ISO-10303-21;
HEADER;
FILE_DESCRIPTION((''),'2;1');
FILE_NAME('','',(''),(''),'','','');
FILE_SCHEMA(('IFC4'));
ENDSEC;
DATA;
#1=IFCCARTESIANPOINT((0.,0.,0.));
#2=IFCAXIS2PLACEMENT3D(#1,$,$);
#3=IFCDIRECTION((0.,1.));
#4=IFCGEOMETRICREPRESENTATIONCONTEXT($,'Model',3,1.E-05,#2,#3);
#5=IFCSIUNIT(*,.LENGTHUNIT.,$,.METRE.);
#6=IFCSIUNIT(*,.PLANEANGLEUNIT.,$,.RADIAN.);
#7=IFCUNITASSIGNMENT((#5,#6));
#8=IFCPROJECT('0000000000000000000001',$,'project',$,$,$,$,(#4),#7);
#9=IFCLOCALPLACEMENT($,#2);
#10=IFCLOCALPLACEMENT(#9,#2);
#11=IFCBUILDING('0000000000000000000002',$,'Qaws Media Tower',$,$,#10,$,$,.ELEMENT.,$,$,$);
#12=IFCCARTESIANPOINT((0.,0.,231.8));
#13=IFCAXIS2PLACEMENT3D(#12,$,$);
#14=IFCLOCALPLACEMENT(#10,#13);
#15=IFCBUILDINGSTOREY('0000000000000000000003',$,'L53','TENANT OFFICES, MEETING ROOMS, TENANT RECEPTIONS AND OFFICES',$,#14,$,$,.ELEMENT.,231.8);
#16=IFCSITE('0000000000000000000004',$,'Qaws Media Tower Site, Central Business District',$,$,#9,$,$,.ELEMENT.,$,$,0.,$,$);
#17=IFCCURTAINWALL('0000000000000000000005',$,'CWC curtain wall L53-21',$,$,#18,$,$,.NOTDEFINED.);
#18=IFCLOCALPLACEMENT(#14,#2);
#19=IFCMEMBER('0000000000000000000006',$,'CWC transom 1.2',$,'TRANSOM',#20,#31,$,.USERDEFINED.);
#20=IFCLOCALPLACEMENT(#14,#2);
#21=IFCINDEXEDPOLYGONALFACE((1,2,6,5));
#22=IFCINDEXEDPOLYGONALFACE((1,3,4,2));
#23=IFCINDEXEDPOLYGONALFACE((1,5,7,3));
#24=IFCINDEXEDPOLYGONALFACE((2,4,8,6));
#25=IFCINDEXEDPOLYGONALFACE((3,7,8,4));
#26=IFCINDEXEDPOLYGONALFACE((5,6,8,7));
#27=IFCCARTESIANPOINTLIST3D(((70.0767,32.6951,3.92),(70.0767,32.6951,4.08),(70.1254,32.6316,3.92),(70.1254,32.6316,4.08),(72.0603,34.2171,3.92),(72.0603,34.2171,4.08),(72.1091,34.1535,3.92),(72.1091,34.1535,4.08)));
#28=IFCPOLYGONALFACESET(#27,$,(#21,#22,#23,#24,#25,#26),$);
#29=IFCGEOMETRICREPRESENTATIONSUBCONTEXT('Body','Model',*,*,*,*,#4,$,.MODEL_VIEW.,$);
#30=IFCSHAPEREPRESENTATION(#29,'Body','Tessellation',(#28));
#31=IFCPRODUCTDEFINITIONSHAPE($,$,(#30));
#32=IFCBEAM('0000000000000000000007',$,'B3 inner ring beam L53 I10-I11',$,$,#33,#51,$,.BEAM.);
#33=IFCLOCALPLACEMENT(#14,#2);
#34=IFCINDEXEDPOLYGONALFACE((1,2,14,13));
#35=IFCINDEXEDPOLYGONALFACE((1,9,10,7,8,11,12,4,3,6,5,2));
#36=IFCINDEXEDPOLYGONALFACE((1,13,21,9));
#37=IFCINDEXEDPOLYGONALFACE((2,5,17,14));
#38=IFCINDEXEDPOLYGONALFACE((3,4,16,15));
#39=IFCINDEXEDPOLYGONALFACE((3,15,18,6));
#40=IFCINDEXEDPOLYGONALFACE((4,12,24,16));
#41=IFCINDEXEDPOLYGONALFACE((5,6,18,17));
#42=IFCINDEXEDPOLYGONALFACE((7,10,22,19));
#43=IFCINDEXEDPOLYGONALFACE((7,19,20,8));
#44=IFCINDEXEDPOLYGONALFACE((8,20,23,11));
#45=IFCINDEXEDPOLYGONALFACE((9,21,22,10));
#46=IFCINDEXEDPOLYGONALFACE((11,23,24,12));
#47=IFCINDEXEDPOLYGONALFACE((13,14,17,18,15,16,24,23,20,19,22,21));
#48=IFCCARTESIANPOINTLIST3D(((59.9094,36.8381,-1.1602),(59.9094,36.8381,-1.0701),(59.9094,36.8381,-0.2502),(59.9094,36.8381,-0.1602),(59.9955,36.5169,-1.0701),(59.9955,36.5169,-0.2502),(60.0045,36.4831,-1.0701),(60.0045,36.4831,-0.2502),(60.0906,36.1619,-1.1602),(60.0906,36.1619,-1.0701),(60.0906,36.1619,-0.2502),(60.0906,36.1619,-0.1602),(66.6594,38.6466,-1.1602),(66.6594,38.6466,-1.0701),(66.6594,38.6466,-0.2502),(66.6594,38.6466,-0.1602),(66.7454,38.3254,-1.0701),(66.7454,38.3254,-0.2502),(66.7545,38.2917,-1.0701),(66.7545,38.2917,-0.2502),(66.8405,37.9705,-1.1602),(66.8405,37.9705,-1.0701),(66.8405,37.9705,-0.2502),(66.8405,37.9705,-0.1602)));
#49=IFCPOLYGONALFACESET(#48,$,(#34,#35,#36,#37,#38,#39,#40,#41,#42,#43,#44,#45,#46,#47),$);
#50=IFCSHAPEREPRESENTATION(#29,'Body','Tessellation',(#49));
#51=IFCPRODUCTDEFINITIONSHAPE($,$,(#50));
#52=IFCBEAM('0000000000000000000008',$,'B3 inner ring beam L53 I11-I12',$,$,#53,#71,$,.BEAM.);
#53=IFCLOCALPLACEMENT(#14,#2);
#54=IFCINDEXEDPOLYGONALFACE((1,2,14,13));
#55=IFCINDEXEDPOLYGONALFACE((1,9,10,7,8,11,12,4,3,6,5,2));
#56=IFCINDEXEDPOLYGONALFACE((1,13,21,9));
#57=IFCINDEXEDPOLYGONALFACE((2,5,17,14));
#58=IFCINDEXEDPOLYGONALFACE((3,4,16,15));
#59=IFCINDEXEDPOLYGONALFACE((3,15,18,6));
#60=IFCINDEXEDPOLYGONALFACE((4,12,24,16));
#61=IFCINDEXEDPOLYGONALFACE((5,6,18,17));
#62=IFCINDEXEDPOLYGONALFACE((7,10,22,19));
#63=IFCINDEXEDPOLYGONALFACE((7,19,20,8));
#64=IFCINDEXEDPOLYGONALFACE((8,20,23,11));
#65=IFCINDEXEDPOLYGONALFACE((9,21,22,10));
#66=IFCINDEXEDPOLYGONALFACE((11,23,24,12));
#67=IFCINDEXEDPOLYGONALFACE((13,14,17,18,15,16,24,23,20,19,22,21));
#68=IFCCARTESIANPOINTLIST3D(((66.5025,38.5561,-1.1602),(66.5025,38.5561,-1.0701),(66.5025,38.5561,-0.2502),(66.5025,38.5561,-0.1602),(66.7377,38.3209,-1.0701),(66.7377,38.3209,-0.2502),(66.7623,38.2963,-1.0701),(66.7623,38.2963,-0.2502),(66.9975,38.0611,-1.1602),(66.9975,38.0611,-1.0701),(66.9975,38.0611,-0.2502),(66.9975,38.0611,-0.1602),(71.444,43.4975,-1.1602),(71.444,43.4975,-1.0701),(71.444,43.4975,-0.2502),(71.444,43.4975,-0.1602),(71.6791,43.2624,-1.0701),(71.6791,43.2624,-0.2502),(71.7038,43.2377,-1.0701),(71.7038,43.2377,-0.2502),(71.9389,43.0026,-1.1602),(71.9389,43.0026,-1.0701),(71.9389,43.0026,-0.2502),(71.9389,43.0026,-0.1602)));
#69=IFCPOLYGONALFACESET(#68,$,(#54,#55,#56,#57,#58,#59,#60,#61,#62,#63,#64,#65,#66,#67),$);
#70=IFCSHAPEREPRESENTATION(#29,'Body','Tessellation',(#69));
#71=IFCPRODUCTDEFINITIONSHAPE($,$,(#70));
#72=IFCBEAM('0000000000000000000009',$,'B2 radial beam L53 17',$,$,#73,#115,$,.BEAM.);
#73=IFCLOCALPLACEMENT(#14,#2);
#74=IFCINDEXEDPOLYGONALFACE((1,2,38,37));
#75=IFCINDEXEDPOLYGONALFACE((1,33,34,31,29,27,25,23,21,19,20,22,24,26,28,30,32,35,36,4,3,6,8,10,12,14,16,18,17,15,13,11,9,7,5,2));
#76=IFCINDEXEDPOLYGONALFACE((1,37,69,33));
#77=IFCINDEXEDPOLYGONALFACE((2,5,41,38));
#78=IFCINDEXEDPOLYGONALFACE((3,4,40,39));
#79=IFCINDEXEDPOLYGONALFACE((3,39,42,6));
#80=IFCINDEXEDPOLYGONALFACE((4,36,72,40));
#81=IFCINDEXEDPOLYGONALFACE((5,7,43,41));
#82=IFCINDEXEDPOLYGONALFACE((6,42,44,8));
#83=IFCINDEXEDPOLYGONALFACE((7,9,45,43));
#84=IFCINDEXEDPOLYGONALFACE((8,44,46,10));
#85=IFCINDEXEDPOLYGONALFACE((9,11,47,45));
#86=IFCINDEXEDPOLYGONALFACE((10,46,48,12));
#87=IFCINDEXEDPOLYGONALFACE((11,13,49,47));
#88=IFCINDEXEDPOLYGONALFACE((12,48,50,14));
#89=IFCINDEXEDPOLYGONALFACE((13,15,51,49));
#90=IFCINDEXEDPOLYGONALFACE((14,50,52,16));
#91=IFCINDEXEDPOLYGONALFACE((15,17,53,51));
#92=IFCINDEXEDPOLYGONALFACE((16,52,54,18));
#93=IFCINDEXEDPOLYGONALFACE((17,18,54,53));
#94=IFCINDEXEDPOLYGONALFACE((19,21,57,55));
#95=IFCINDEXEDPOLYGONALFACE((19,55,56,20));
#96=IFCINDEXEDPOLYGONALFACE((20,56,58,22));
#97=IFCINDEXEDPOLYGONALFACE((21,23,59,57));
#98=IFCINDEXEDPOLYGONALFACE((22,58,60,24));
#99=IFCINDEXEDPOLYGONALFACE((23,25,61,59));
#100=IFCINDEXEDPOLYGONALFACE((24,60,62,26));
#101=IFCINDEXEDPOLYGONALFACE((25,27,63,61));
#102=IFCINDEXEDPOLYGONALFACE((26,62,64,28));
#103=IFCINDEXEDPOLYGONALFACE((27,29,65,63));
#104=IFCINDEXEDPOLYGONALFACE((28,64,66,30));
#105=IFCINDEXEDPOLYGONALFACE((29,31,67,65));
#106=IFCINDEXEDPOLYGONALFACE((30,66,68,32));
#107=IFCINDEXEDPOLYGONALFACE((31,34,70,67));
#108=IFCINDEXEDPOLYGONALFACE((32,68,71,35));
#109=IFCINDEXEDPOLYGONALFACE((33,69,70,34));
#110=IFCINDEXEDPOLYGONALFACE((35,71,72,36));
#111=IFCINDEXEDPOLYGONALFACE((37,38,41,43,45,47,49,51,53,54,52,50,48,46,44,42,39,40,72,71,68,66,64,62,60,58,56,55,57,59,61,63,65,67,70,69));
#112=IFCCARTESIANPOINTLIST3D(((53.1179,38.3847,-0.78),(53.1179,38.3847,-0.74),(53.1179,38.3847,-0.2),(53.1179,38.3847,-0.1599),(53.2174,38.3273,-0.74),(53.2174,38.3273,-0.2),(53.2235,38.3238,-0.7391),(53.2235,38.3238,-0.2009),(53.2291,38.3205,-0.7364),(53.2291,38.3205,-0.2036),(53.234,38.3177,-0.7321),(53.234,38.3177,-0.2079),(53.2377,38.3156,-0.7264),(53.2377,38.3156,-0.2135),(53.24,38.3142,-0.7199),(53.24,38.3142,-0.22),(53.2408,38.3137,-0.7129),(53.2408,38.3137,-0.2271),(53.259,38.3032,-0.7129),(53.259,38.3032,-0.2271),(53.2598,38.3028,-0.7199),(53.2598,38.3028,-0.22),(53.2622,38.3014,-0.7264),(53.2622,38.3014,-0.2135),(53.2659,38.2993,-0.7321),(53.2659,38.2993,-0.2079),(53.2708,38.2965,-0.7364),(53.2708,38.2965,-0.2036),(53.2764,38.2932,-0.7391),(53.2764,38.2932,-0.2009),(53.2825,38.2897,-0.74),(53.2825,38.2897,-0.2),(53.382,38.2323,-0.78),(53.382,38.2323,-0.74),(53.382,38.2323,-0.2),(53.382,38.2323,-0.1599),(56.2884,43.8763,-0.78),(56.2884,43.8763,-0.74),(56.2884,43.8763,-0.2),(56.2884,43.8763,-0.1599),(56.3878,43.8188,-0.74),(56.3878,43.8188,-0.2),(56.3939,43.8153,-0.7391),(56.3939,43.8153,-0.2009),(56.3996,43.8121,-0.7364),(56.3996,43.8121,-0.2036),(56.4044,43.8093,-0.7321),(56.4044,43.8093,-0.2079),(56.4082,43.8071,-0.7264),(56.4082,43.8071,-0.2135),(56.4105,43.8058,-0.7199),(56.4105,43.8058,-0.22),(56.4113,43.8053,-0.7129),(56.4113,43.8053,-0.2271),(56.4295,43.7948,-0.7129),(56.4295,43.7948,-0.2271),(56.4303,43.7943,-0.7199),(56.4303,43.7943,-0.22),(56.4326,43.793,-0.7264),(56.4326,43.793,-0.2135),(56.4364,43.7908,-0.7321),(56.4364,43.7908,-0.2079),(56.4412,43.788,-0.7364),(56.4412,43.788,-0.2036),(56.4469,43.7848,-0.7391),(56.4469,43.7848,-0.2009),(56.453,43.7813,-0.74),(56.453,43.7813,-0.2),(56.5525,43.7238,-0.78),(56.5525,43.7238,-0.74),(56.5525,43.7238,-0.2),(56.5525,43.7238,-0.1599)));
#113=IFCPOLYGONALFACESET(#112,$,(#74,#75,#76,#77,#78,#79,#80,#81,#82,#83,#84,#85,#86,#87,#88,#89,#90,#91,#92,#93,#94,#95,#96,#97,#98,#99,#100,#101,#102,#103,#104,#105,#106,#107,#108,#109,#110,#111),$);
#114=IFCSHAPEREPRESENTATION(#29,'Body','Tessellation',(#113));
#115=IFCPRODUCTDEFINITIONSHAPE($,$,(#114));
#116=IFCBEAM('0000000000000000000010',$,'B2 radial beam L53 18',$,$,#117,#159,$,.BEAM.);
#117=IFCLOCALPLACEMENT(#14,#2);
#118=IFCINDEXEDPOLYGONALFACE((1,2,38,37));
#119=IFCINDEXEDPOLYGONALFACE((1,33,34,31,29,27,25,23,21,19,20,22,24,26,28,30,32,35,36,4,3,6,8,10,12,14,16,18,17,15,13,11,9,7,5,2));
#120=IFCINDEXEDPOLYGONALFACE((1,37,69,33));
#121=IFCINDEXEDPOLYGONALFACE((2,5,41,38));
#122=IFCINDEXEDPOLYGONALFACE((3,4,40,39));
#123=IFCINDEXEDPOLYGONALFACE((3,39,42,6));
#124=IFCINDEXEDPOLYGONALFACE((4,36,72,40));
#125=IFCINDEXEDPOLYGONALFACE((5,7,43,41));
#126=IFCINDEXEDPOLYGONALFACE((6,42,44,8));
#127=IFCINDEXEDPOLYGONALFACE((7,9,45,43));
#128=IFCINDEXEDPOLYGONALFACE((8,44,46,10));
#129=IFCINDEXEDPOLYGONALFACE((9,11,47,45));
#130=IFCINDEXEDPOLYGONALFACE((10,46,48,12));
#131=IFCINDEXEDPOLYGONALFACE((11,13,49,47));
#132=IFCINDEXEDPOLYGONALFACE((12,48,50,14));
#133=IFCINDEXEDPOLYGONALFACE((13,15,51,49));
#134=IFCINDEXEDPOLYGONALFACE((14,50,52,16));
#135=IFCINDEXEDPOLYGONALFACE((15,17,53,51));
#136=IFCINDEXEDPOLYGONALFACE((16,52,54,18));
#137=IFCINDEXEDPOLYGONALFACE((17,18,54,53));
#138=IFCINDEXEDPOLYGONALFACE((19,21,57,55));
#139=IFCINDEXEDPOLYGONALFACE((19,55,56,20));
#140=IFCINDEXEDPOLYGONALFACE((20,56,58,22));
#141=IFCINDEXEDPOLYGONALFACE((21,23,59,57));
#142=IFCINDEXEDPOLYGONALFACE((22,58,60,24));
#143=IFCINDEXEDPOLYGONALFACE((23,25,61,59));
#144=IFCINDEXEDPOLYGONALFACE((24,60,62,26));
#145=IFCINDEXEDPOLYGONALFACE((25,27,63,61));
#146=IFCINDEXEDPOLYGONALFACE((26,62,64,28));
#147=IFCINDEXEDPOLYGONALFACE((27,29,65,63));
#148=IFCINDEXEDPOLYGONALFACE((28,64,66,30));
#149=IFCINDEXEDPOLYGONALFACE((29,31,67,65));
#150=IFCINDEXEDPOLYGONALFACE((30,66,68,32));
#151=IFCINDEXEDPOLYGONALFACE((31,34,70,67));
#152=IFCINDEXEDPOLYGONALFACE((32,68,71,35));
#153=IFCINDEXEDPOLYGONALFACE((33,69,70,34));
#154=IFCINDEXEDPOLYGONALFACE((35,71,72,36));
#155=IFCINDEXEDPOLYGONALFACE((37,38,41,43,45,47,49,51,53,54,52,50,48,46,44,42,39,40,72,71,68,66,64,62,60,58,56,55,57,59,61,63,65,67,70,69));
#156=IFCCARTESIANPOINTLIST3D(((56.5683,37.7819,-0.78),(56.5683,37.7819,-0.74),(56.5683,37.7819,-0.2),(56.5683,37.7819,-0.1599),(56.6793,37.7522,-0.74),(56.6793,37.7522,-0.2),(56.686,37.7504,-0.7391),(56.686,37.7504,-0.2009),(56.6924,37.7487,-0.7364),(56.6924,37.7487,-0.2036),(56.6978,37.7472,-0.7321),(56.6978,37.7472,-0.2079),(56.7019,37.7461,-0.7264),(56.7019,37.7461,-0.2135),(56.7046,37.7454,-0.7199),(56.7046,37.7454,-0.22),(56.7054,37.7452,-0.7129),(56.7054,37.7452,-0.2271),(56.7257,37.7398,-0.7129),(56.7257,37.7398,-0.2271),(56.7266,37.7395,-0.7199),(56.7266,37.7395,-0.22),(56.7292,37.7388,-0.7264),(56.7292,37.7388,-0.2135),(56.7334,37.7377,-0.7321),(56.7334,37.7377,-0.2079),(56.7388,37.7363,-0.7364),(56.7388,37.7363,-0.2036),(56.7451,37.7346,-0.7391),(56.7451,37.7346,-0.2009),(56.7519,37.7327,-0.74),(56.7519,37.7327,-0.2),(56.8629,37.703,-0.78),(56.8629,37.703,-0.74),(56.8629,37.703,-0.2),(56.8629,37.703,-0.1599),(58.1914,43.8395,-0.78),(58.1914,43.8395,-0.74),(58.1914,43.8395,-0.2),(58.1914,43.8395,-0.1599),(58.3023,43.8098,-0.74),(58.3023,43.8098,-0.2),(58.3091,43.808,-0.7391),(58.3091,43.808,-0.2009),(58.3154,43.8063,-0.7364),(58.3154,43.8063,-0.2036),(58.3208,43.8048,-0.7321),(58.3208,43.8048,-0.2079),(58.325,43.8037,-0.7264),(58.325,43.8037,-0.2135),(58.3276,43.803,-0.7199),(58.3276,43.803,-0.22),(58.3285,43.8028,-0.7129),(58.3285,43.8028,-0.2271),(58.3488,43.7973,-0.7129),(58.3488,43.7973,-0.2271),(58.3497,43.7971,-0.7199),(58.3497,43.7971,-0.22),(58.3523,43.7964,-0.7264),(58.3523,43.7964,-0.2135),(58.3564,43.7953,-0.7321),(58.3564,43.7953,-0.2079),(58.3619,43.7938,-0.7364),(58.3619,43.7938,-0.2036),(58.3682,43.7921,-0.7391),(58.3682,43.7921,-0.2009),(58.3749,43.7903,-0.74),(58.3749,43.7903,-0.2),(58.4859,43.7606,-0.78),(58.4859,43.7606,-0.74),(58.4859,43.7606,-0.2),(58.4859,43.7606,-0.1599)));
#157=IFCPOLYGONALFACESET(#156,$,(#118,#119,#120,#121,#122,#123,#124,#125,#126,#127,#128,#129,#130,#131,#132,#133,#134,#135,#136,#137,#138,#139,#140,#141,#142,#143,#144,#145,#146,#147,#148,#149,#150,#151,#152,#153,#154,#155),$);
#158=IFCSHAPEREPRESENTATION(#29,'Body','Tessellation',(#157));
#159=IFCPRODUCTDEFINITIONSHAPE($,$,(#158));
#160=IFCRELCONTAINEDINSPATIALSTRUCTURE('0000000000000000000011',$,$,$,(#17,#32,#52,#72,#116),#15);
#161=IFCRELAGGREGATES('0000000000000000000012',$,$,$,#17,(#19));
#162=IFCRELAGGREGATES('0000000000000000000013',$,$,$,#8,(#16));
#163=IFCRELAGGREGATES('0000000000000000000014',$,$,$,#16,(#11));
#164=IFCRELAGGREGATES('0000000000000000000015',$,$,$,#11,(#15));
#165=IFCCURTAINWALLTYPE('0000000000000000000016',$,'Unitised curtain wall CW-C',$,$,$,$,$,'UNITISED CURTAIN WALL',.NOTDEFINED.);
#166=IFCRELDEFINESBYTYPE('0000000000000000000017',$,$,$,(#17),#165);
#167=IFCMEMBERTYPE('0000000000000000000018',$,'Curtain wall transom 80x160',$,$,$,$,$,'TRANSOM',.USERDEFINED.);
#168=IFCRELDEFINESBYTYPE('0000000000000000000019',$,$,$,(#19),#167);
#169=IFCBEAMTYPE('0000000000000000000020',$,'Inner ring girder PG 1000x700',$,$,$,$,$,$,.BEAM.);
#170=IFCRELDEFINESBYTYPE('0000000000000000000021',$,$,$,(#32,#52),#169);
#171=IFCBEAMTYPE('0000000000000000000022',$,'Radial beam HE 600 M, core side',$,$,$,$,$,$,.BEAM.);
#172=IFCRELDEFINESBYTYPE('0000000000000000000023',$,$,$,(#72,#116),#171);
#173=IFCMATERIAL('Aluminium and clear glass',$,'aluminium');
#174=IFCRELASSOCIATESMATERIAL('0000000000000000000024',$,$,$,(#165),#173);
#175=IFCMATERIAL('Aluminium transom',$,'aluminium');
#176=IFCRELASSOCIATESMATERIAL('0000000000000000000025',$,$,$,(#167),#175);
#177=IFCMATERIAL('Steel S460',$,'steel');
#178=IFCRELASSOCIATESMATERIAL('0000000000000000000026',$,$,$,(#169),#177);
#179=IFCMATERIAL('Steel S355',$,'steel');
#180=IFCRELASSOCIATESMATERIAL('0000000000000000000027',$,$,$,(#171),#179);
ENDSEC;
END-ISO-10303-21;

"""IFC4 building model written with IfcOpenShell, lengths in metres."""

from ifc_helpers import new_model, si_unit, direction, frame, origin, origin_2d, place, context, subcontext, project, spatial, rectangle, i_section, extrude, material, material_profile, profile_set, type_object, element, aggregate, save


model = new_model("IFC4")

# Units and contexts
model_context = context("Model", 3, precision=1e-05, world=origin(), true_north=direction((0.0, 1.0)))
body_context = subcontext(model_context, "Body", "Model", "MODEL_VIEW")
ifc_project = project(units=[si_unit("LENGTHUNIT", "METRE"), si_unit("PLANEANGLEUNIT", "RADIAN")], contexts=[model_context])

# Site, building, storey
site_placement = place(None, origin())
site = spatial("IfcSite", under=ifc_project, at=site_placement, Name="Qaws Media Tower Site, Central Business District", CompositionType="ELEMENT", RefElevation=0.0)
building_placement = place(site_placement, origin())
building = spatial("IfcBuilding", under=site, at=building_placement, Name="Qaws Media Tower", CompositionType="ELEMENT")
storey_placement = place(building_placement, frame((0.0, 0.0, 231.8)))
storey = spatial("IfcBuildingStorey", under=building, at=storey_placement, Name="L53", Description="TENANT OFFICES, MEETING ROOMS, TENANT RECEPTIONS AND OFFICES", CompositionType="ELEMENT", Elevation=231.8)

# Curtain wall, member
ifc_material_1 = material(Name="Aluminium and clear glass", Category="aluminium")
curtain_wall_type = type_object("IfcCurtainWallType", Name="Unitised curtain wall CW-C", ElementType="UNITISED CURTAIN WALL", PredefinedType="NOTDEFINED", material=ifc_material_1)
curtain_wall_placement = place(storey_placement, origin())
curtain_wall = element("IfcCurtainWall", 1, at=curtain_wall_placement, inside=storey, type_object=curtain_wall_type, Name="CWC curtain wall L53-21", PredefinedType="NOTDEFINED")
ifc_material_2 = material(Name="Aluminium transom", Category="aluminium")
ifc_material_profile_1 = material_profile(ifc_material_2, rectangle(XDim=0.0801, YDim=0.1599, at=origin_2d()), Name="80x160")
ifc_profile_set_1 = profile_set([ifc_material_profile_1], Name="Aluminium transom")
member_type_1 = type_object("IfcMemberType", Name="Curtain wall transom 80x160", ElementType="TRANSOM", PredefinedType="USERDEFINED", material=ifc_profile_set_1)
member_1_placement = place(storey_placement, frame((70.1011, 32.6633, 4.0), z_axis=(0.793378, 0.608729, 0.0), x_axis=(-0.608729, 0.793378, 0.0)))
member_1 = element("IfcMember", 2, at=member_1_placement, type_object=member_type_1, Name="CWC transom 1.2", ObjectType="TRANSOM", PredefinedType="USERDEFINED", context=body_context, shape_type="SweptSolid", body=[
    extrude(rectangle(XDim=0.0801, YDim=0.1599, at=origin_2d()), origin(), (0.0, 0.0, 1.0), 2.5002),
])
aggregate(curtain_wall, [member_1])

# Beams
ifc_material_3 = material(Name="Steel S460", Category="steel")
ifc_material_profile_2 = material_profile(ifc_material_3, i_section(OverallWidth=0.7, OverallDepth=1.0, WebThickness=0.0349, FlangeThickness=0.0901, at=origin_2d()), Name="PG 1000x700")
ifc_profile_set_2 = profile_set([ifc_material_profile_2], Name="Steel S460")
beam_type_1 = type_object("IfcBeamType", Name="Inner ring girder PG 1000x700", PredefinedType="BEAM", material=ifc_profile_set_2)
beam_1_placement = place(storey_placement, frame((60.0, 36.5, -0.6602), z_axis=(0.965928, 0.258811, 0.0), x_axis=(-0.258811, 0.965928, 0.0)))
element("IfcBeam", 3, at=beam_1_placement, inside=storey, type_object=beam_type_1, Name="B3 inner ring beam L53 I10-I11", PredefinedType="BEAM", context=body_context, shape_type="SweptSolid", body=[
    extrude(i_section(OverallWidth=0.7, OverallDepth=1.0, WebThickness=0.0349, FlangeThickness=0.0901, at=origin_2d()), origin(), (0.0, 0.0, 1.0), 6.988),
])
beam_2_placement = place(storey_placement, frame((66.75, 38.3086, -0.6602), z_axis=(0.707107, 0.707107, 0.0), x_axis=(-0.707107, 0.707107, 0.0)))
element("IfcBeam", 4, at=beam_2_placement, inside=storey, type_object=beam_type_1, Name="B3 inner ring beam L53 I11-I12", PredefinedType="BEAM", context=body_context, shape_type="SweptSolid", body=[
    extrude(i_section(OverallWidth=0.7, OverallDepth=1.0, WebThickness=0.0349, FlangeThickness=0.0901, at=origin_2d()), origin(), (0.0, 0.0, 1.0), 6.9883),
])
ifc_material_4 = material(Name="Steel S355", Category="steel")
ifc_material_profile_3 = material_profile(ifc_material_4, i_section(OverallWidth=0.3049, OverallDepth=0.6201, WebThickness=0.021, FlangeThickness=0.04, FilletRadius=0.0271, at=origin_2d()), Name="HE 600 M")
ifc_profile_set_3 = profile_set([ifc_material_profile_3], Name="Steel S355")
beam_type_2 = type_object("IfcBeamType", Name="Radial beam HE 600 M, core side", PredefinedType="BEAM", material=ifc_profile_set_3)
beam_3_placement = place(storey_placement, frame((56.4204, 43.8, -0.47), z_axis=(-0.49999, -0.866031, 0.0), x_axis=(0.866031, -0.49999, 0.0)))
element("IfcBeam", 5, at=beam_3_placement, inside=storey, type_object=beam_type_2, Name="B2 radial beam L53 17", PredefinedType="BEAM", context=body_context, shape_type="SweptSolid", body=[
    extrude(i_section(OverallWidth=0.3049, OverallDepth=0.6201, WebThickness=0.021, FlangeThickness=0.04, FilletRadius=0.0271, at=origin_2d()), origin(), (0.0, 0.0, 1.0), 6.3411),
])
beam_4_placement = place(storey_placement, frame((58.3386, 43.8, -0.47), z_axis=(-0.258806, -0.965929, 0.0), x_axis=(0.965929, -0.258806, 0.0)))
element("IfcBeam", 6, at=beam_4_placement, inside=storey, type_object=beam_type_2, Name="B2 radial beam L53 18", PredefinedType="BEAM", context=body_context, shape_type="SweptSolid", body=[
    extrude(i_section(OverallWidth=0.3049, OverallDepth=0.6201, WebThickness=0.021, FlangeThickness=0.04, FilletRadius=0.0271, at=origin_2d()), origin(), (0.0, 0.0, 1.0), 6.2712),
])

save(model, "model.ifc")
